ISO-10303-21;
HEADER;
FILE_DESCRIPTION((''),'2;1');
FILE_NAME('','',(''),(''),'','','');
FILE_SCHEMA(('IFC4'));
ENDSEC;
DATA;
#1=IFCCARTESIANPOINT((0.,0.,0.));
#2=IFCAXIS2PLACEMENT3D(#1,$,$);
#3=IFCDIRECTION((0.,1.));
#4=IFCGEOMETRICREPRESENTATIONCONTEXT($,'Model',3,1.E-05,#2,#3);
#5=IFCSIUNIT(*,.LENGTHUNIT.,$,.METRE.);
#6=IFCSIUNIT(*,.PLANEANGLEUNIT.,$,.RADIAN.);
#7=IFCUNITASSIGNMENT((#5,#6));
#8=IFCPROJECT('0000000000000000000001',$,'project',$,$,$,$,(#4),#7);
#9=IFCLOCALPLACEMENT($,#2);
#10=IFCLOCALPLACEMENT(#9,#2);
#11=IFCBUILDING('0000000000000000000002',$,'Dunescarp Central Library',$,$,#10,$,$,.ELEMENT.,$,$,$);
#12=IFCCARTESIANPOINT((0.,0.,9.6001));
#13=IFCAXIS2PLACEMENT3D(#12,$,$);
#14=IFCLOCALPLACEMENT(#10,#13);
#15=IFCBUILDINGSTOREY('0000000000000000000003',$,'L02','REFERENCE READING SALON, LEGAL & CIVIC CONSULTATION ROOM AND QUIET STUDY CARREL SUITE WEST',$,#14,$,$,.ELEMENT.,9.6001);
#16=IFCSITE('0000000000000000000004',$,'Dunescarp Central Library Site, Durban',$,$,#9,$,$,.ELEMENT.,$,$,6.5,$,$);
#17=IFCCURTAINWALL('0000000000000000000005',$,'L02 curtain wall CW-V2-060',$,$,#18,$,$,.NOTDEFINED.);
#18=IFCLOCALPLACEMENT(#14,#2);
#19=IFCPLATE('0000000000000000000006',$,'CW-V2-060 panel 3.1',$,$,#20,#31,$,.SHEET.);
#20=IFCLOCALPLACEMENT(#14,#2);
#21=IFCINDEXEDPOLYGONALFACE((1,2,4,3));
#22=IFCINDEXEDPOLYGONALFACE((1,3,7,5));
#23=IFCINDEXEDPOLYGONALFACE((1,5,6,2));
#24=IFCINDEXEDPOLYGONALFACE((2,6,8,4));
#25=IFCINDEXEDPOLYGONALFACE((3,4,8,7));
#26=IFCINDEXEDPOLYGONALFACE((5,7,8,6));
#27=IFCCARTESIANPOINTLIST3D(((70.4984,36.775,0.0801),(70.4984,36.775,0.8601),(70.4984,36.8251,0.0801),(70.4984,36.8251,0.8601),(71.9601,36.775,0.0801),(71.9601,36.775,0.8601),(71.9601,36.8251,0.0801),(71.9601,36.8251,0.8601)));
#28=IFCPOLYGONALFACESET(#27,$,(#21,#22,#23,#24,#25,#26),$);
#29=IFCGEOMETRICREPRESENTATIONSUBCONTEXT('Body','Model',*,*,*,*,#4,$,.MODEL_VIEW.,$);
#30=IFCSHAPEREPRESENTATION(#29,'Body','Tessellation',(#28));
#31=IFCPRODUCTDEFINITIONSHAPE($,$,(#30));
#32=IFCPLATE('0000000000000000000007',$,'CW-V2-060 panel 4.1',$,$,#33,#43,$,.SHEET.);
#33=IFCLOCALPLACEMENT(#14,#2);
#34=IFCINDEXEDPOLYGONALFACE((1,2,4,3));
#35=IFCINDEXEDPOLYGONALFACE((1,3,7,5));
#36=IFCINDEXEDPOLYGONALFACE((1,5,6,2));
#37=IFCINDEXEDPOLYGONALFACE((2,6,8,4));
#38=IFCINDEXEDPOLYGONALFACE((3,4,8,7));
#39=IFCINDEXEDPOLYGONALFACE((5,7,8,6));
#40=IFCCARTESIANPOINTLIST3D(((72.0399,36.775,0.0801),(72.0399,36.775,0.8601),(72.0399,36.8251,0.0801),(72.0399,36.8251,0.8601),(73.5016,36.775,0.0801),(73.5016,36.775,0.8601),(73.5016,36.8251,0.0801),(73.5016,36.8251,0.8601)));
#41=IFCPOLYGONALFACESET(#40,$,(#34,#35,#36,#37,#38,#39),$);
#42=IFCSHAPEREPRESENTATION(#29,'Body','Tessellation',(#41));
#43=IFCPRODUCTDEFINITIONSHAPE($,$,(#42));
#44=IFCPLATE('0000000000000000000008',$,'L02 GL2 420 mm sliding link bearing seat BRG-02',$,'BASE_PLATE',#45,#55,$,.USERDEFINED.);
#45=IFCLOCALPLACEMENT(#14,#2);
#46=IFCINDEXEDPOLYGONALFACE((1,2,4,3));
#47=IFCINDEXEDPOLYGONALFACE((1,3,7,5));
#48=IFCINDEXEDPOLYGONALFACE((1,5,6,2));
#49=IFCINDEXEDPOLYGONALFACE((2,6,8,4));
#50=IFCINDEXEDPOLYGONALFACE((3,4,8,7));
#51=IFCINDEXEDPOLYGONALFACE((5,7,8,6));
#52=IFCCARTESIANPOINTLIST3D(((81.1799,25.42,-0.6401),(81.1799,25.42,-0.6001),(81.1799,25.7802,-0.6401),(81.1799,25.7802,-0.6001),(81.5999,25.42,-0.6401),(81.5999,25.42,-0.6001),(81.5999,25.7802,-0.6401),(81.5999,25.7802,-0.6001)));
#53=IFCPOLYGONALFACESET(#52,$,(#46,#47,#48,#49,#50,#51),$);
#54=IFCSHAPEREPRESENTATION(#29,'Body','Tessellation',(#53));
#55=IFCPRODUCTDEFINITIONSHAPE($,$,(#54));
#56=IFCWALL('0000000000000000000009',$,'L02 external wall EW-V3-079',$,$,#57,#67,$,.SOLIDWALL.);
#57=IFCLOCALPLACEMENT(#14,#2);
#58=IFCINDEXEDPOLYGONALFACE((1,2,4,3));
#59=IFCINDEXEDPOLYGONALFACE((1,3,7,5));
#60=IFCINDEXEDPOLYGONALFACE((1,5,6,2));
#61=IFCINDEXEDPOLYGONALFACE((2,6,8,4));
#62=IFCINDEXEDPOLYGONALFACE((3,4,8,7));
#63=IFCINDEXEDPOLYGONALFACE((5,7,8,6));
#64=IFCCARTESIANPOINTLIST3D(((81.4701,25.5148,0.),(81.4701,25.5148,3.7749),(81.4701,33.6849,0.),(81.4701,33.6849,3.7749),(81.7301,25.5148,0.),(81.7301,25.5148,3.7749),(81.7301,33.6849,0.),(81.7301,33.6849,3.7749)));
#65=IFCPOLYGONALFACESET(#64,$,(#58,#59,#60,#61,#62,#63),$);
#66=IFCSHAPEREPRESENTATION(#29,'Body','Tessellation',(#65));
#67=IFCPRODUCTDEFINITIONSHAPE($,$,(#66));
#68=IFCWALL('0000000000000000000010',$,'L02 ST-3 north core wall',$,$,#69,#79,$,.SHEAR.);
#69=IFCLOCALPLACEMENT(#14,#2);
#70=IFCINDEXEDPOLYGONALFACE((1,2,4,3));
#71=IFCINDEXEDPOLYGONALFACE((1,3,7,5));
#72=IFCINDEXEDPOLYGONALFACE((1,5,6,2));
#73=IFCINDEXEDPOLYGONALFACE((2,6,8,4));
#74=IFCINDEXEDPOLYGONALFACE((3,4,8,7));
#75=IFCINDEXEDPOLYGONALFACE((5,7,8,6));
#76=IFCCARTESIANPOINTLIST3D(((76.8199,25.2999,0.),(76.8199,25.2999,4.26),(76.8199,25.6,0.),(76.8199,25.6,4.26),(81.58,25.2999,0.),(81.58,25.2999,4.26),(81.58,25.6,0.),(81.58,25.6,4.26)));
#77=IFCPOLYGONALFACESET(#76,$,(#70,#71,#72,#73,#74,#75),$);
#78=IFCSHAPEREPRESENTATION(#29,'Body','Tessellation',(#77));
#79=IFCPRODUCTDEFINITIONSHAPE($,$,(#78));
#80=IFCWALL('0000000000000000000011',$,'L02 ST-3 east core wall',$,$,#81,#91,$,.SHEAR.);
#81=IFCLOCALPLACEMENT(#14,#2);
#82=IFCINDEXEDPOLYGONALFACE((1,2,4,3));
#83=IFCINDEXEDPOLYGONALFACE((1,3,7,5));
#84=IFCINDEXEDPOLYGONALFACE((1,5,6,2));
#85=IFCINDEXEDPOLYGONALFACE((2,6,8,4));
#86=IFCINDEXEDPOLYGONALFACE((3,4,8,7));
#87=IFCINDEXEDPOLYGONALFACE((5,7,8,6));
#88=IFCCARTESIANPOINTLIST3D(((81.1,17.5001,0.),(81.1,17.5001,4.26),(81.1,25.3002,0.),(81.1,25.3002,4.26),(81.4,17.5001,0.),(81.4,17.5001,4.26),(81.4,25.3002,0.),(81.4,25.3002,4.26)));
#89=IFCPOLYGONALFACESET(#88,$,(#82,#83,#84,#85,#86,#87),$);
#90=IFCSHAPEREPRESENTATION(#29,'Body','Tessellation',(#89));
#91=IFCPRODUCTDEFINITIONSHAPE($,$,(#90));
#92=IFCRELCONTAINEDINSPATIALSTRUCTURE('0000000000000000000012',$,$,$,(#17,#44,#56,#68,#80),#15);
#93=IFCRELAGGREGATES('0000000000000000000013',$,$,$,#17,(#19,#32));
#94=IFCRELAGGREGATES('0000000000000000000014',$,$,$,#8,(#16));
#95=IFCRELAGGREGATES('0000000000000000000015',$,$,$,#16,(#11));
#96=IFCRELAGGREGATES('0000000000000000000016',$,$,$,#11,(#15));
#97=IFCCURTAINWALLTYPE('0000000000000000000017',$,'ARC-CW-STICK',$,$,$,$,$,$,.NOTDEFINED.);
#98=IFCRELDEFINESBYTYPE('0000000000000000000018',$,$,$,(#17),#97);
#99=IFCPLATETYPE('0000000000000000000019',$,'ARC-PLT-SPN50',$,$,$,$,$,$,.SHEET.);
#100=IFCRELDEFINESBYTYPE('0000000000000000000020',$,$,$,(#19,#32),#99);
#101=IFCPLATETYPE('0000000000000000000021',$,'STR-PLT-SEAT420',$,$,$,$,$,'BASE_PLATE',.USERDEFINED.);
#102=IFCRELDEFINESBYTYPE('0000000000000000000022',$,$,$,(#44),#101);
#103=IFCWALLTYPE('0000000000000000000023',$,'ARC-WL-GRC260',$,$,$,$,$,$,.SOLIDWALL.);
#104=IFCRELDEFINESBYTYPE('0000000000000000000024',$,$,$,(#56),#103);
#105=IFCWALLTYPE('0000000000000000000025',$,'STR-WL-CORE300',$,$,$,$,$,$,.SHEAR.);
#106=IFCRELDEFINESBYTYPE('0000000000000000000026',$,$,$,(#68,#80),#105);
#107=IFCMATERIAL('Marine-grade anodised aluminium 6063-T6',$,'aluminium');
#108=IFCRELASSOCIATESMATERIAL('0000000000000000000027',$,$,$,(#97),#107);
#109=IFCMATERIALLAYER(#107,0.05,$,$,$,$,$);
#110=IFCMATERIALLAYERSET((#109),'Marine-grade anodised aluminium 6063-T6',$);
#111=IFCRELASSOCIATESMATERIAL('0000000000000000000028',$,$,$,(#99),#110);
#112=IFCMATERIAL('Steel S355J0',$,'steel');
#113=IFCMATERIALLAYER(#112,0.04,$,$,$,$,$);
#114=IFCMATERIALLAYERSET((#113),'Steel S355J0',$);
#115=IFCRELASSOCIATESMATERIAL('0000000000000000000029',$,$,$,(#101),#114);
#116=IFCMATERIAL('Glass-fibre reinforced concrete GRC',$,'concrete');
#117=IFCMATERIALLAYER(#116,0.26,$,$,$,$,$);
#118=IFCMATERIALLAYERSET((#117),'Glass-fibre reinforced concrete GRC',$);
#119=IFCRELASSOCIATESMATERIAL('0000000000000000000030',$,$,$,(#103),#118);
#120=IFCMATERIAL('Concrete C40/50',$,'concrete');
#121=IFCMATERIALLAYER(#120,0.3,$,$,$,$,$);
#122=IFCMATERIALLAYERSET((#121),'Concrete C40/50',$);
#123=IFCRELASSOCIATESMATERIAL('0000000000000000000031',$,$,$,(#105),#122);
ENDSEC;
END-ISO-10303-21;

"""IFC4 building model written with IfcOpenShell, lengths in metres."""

from ifc_helpers import new_model, si_unit, direction, frame, frame_2d, origin, origin_2d, place, context, subcontext, project, spatial, rectangle, extrude, material, layer, layer_set, type_object, element, aggregate, save


model = new_model("IFC4")

# Units and contexts
model_context = context("Model", 3, precision=1e-05, world=origin(), true_north=direction((0.0, 1.0)))
body_context = subcontext(model_context, "Body", "Model", "MODEL_VIEW")
ifc_project = project(units=[si_unit("LENGTHUNIT", "METRE"), si_unit("PLANEANGLEUNIT", "RADIAN")], contexts=[model_context])

# Site, building, storey
site_placement = place(None, origin())
site = spatial("IfcSite", under=ifc_project, at=site_placement, Name="Dunescarp Central Library Site, Durban", CompositionType="ELEMENT", RefElevation=6.5)
building_placement = place(site_placement, origin())
building = spatial("IfcBuilding", under=site, at=building_placement, Name="Dunescarp Central Library", CompositionType="ELEMENT")
storey_placement = place(building_placement, frame((0.0, 0.0, 9.6001)))
storey = spatial("IfcBuildingStorey", under=building, at=storey_placement, Name="L02", Description="REFERENCE READING SALON, LEGAL & CIVIC CONSULTATION ROOM AND QUIET STUDY CARREL SUITE WEST", CompositionType="ELEMENT", Elevation=9.6001)

# Curtain wall
ifc_material_1 = material(Name="Marine-grade anodised aluminium 6063-T6", Category="aluminium")
curtain_wall_type = type_object("IfcCurtainWallType", Name="ARC-CW-STICK", PredefinedType="NOTDEFINED", material=ifc_material_1)
curtain_wall_placement = place(storey_placement, origin())
curtain_wall = element("IfcCurtainWall", 1, at=curtain_wall_placement, inside=storey, type_object=curtain_wall_type, Name="L02 curtain wall CW-V2-060", PredefinedType="NOTDEFINED")

# Plates
ifc_layer_1 = layer(ifc_material_1, 0.05)
ifc_layer_set_1 = layer_set([ifc_layer_1], Name="Marine-grade anodised aluminium 6063-T6")
plate_type_1 = type_object("IfcPlateType", Name="ARC-PLT-SPN50", PredefinedType="SHEET", material=ifc_layer_set_1)
plate_1_placement = place(storey_placement, frame((71.2292, 36.8, 0.0801), z_axis=(0.0, 0.0, 1.0), x_axis=(1.0, 0.0, 0.0)))
plate_1 = element("IfcPlate", 2, at=plate_1_placement, type_object=plate_type_1, Name="CW-V2-060 panel 3.1", PredefinedType="SHEET", context=body_context, shape_type="SweptSolid", body=[
    extrude(rectangle(XDim=1.4617, YDim=0.05, at=origin_2d()), origin(), (0.0, 0.0, 1.0), 0.78),
])
plate_2_placement = place(storey_placement, frame((72.7708, 36.8, 0.0801), z_axis=(0.0, 0.0, 1.0), x_axis=(1.0, 0.0, 0.0)))
plate_2 = element("IfcPlate", 3, at=plate_2_placement, type_object=plate_type_1, Name="CW-V2-060 panel 4.1", PredefinedType="SHEET", context=body_context, shape_type="SweptSolid", body=[
    extrude(rectangle(XDim=1.4617, YDim=0.05, at=origin_2d()), origin(), (0.0, 0.0, 1.0), 0.78),
])
aggregate(curtain_wall, [plate_1, plate_2])
ifc_material_2 = material(Name="Steel S355J0", Category="steel")
ifc_layer_2 = layer(ifc_material_2, 0.04)
ifc_layer_set_2 = layer_set([ifc_layer_2], Name="Steel S355J0")
plate_type_2 = type_object("IfcPlateType", Name="STR-PLT-SEAT420", ElementType="BASE_PLATE", PredefinedType="USERDEFINED", material=ifc_layer_set_2)
plate_3_placement = place(storey_placement, frame((81.3899, 25.6001, -0.6401), z_axis=(0.0, 0.0, 1.0), x_axis=(1.0, 0.0, 0.0)))
element("IfcPlate", 4, at=plate_3_placement, inside=storey, type_object=plate_type_2, Name="L02 GL2 420 mm sliding link bearing seat BRG-02", ObjectType="BASE_PLATE", PredefinedType="USERDEFINED", context=body_context, shape_type="SweptSolid", body=[
    extrude(rectangle(XDim=0.4199, YDim=0.3601, at=origin_2d()), origin(), (0.0, 0.0, 1.0), 0.04),
])

# Walls
ifc_material_3 = material(Name="Glass-fibre reinforced concrete GRC", Category="concrete")
ifc_layer_3 = layer(ifc_material_3, 0.26)
ifc_layer_set_3 = layer_set([ifc_layer_3], Name="Glass-fibre reinforced concrete GRC")
wall_type_1 = type_object("IfcWallType", Name="ARC-WL-GRC260", PredefinedType="SOLIDWALL", material=ifc_layer_set_3)
wall_1_placement = place(storey_placement, frame((81.6001, 25.5149, 0.0), z_axis=(0.0, 0.0, 1.0), x_axis=(0.0, 1.0, 0.0)))
element("IfcWall", 5, at=wall_1_placement, inside=storey, type_object=wall_type_1, Name="L02 external wall EW-V3-079", PredefinedType="SOLIDWALL", context=body_context, shape_type="SweptSolid", body=[
    extrude(rectangle(XDim=8.1702, YDim=0.26, at=frame_2d((4.085, 0.0))), origin(), (0.0, 0.0, 1.0), 3.7749),
])
ifc_material_4 = material(Name="Concrete C40/50", Category="concrete")
ifc_layer_4 = layer(ifc_material_4, 0.3)
ifc_layer_set_4 = layer_set([ifc_layer_4], Name="Concrete C40/50")
wall_type_2 = type_object("IfcWallType", Name="STR-WL-CORE300", PredefinedType="SHEAR", material=ifc_layer_set_4)
wall_2_placement = place(storey_placement, frame((76.8201, 25.45, 0.0), z_axis=(0.0, 0.0, 1.0), x_axis=(1.0, 0.0, 0.0)))
element("IfcWall", 6, at=wall_2_placement, inside=storey, type_object=wall_type_2, Name="L02 ST-3 north core wall", PredefinedType="SHEAR", context=body_context, shape_type="SweptSolid", body=[
    extrude(rectangle(XDim=4.76, YDim=0.3, at=frame_2d((2.3799, 0.0))), origin(), (0.0, 0.0, 1.0), 4.26),
])
wall_3_placement = place(storey_placement, frame((81.25, 25.3, 0.0), z_axis=(0.0, 0.0, 1.0), x_axis=(0.0, -1.0, 0.0)))
element("IfcWall", 7, at=wall_3_placement, inside=storey, type_object=wall_type_2, Name="L02 ST-3 east core wall", PredefinedType="SHEAR", context=body_context, shape_type="SweptSolid", body=[
    extrude(rectangle(XDim=7.8, YDim=0.3, at=frame_2d((3.8999, 0.0))), origin(), (0.0, 0.0, 1.0), 4.26),
])

save(model, "model.ifc")
